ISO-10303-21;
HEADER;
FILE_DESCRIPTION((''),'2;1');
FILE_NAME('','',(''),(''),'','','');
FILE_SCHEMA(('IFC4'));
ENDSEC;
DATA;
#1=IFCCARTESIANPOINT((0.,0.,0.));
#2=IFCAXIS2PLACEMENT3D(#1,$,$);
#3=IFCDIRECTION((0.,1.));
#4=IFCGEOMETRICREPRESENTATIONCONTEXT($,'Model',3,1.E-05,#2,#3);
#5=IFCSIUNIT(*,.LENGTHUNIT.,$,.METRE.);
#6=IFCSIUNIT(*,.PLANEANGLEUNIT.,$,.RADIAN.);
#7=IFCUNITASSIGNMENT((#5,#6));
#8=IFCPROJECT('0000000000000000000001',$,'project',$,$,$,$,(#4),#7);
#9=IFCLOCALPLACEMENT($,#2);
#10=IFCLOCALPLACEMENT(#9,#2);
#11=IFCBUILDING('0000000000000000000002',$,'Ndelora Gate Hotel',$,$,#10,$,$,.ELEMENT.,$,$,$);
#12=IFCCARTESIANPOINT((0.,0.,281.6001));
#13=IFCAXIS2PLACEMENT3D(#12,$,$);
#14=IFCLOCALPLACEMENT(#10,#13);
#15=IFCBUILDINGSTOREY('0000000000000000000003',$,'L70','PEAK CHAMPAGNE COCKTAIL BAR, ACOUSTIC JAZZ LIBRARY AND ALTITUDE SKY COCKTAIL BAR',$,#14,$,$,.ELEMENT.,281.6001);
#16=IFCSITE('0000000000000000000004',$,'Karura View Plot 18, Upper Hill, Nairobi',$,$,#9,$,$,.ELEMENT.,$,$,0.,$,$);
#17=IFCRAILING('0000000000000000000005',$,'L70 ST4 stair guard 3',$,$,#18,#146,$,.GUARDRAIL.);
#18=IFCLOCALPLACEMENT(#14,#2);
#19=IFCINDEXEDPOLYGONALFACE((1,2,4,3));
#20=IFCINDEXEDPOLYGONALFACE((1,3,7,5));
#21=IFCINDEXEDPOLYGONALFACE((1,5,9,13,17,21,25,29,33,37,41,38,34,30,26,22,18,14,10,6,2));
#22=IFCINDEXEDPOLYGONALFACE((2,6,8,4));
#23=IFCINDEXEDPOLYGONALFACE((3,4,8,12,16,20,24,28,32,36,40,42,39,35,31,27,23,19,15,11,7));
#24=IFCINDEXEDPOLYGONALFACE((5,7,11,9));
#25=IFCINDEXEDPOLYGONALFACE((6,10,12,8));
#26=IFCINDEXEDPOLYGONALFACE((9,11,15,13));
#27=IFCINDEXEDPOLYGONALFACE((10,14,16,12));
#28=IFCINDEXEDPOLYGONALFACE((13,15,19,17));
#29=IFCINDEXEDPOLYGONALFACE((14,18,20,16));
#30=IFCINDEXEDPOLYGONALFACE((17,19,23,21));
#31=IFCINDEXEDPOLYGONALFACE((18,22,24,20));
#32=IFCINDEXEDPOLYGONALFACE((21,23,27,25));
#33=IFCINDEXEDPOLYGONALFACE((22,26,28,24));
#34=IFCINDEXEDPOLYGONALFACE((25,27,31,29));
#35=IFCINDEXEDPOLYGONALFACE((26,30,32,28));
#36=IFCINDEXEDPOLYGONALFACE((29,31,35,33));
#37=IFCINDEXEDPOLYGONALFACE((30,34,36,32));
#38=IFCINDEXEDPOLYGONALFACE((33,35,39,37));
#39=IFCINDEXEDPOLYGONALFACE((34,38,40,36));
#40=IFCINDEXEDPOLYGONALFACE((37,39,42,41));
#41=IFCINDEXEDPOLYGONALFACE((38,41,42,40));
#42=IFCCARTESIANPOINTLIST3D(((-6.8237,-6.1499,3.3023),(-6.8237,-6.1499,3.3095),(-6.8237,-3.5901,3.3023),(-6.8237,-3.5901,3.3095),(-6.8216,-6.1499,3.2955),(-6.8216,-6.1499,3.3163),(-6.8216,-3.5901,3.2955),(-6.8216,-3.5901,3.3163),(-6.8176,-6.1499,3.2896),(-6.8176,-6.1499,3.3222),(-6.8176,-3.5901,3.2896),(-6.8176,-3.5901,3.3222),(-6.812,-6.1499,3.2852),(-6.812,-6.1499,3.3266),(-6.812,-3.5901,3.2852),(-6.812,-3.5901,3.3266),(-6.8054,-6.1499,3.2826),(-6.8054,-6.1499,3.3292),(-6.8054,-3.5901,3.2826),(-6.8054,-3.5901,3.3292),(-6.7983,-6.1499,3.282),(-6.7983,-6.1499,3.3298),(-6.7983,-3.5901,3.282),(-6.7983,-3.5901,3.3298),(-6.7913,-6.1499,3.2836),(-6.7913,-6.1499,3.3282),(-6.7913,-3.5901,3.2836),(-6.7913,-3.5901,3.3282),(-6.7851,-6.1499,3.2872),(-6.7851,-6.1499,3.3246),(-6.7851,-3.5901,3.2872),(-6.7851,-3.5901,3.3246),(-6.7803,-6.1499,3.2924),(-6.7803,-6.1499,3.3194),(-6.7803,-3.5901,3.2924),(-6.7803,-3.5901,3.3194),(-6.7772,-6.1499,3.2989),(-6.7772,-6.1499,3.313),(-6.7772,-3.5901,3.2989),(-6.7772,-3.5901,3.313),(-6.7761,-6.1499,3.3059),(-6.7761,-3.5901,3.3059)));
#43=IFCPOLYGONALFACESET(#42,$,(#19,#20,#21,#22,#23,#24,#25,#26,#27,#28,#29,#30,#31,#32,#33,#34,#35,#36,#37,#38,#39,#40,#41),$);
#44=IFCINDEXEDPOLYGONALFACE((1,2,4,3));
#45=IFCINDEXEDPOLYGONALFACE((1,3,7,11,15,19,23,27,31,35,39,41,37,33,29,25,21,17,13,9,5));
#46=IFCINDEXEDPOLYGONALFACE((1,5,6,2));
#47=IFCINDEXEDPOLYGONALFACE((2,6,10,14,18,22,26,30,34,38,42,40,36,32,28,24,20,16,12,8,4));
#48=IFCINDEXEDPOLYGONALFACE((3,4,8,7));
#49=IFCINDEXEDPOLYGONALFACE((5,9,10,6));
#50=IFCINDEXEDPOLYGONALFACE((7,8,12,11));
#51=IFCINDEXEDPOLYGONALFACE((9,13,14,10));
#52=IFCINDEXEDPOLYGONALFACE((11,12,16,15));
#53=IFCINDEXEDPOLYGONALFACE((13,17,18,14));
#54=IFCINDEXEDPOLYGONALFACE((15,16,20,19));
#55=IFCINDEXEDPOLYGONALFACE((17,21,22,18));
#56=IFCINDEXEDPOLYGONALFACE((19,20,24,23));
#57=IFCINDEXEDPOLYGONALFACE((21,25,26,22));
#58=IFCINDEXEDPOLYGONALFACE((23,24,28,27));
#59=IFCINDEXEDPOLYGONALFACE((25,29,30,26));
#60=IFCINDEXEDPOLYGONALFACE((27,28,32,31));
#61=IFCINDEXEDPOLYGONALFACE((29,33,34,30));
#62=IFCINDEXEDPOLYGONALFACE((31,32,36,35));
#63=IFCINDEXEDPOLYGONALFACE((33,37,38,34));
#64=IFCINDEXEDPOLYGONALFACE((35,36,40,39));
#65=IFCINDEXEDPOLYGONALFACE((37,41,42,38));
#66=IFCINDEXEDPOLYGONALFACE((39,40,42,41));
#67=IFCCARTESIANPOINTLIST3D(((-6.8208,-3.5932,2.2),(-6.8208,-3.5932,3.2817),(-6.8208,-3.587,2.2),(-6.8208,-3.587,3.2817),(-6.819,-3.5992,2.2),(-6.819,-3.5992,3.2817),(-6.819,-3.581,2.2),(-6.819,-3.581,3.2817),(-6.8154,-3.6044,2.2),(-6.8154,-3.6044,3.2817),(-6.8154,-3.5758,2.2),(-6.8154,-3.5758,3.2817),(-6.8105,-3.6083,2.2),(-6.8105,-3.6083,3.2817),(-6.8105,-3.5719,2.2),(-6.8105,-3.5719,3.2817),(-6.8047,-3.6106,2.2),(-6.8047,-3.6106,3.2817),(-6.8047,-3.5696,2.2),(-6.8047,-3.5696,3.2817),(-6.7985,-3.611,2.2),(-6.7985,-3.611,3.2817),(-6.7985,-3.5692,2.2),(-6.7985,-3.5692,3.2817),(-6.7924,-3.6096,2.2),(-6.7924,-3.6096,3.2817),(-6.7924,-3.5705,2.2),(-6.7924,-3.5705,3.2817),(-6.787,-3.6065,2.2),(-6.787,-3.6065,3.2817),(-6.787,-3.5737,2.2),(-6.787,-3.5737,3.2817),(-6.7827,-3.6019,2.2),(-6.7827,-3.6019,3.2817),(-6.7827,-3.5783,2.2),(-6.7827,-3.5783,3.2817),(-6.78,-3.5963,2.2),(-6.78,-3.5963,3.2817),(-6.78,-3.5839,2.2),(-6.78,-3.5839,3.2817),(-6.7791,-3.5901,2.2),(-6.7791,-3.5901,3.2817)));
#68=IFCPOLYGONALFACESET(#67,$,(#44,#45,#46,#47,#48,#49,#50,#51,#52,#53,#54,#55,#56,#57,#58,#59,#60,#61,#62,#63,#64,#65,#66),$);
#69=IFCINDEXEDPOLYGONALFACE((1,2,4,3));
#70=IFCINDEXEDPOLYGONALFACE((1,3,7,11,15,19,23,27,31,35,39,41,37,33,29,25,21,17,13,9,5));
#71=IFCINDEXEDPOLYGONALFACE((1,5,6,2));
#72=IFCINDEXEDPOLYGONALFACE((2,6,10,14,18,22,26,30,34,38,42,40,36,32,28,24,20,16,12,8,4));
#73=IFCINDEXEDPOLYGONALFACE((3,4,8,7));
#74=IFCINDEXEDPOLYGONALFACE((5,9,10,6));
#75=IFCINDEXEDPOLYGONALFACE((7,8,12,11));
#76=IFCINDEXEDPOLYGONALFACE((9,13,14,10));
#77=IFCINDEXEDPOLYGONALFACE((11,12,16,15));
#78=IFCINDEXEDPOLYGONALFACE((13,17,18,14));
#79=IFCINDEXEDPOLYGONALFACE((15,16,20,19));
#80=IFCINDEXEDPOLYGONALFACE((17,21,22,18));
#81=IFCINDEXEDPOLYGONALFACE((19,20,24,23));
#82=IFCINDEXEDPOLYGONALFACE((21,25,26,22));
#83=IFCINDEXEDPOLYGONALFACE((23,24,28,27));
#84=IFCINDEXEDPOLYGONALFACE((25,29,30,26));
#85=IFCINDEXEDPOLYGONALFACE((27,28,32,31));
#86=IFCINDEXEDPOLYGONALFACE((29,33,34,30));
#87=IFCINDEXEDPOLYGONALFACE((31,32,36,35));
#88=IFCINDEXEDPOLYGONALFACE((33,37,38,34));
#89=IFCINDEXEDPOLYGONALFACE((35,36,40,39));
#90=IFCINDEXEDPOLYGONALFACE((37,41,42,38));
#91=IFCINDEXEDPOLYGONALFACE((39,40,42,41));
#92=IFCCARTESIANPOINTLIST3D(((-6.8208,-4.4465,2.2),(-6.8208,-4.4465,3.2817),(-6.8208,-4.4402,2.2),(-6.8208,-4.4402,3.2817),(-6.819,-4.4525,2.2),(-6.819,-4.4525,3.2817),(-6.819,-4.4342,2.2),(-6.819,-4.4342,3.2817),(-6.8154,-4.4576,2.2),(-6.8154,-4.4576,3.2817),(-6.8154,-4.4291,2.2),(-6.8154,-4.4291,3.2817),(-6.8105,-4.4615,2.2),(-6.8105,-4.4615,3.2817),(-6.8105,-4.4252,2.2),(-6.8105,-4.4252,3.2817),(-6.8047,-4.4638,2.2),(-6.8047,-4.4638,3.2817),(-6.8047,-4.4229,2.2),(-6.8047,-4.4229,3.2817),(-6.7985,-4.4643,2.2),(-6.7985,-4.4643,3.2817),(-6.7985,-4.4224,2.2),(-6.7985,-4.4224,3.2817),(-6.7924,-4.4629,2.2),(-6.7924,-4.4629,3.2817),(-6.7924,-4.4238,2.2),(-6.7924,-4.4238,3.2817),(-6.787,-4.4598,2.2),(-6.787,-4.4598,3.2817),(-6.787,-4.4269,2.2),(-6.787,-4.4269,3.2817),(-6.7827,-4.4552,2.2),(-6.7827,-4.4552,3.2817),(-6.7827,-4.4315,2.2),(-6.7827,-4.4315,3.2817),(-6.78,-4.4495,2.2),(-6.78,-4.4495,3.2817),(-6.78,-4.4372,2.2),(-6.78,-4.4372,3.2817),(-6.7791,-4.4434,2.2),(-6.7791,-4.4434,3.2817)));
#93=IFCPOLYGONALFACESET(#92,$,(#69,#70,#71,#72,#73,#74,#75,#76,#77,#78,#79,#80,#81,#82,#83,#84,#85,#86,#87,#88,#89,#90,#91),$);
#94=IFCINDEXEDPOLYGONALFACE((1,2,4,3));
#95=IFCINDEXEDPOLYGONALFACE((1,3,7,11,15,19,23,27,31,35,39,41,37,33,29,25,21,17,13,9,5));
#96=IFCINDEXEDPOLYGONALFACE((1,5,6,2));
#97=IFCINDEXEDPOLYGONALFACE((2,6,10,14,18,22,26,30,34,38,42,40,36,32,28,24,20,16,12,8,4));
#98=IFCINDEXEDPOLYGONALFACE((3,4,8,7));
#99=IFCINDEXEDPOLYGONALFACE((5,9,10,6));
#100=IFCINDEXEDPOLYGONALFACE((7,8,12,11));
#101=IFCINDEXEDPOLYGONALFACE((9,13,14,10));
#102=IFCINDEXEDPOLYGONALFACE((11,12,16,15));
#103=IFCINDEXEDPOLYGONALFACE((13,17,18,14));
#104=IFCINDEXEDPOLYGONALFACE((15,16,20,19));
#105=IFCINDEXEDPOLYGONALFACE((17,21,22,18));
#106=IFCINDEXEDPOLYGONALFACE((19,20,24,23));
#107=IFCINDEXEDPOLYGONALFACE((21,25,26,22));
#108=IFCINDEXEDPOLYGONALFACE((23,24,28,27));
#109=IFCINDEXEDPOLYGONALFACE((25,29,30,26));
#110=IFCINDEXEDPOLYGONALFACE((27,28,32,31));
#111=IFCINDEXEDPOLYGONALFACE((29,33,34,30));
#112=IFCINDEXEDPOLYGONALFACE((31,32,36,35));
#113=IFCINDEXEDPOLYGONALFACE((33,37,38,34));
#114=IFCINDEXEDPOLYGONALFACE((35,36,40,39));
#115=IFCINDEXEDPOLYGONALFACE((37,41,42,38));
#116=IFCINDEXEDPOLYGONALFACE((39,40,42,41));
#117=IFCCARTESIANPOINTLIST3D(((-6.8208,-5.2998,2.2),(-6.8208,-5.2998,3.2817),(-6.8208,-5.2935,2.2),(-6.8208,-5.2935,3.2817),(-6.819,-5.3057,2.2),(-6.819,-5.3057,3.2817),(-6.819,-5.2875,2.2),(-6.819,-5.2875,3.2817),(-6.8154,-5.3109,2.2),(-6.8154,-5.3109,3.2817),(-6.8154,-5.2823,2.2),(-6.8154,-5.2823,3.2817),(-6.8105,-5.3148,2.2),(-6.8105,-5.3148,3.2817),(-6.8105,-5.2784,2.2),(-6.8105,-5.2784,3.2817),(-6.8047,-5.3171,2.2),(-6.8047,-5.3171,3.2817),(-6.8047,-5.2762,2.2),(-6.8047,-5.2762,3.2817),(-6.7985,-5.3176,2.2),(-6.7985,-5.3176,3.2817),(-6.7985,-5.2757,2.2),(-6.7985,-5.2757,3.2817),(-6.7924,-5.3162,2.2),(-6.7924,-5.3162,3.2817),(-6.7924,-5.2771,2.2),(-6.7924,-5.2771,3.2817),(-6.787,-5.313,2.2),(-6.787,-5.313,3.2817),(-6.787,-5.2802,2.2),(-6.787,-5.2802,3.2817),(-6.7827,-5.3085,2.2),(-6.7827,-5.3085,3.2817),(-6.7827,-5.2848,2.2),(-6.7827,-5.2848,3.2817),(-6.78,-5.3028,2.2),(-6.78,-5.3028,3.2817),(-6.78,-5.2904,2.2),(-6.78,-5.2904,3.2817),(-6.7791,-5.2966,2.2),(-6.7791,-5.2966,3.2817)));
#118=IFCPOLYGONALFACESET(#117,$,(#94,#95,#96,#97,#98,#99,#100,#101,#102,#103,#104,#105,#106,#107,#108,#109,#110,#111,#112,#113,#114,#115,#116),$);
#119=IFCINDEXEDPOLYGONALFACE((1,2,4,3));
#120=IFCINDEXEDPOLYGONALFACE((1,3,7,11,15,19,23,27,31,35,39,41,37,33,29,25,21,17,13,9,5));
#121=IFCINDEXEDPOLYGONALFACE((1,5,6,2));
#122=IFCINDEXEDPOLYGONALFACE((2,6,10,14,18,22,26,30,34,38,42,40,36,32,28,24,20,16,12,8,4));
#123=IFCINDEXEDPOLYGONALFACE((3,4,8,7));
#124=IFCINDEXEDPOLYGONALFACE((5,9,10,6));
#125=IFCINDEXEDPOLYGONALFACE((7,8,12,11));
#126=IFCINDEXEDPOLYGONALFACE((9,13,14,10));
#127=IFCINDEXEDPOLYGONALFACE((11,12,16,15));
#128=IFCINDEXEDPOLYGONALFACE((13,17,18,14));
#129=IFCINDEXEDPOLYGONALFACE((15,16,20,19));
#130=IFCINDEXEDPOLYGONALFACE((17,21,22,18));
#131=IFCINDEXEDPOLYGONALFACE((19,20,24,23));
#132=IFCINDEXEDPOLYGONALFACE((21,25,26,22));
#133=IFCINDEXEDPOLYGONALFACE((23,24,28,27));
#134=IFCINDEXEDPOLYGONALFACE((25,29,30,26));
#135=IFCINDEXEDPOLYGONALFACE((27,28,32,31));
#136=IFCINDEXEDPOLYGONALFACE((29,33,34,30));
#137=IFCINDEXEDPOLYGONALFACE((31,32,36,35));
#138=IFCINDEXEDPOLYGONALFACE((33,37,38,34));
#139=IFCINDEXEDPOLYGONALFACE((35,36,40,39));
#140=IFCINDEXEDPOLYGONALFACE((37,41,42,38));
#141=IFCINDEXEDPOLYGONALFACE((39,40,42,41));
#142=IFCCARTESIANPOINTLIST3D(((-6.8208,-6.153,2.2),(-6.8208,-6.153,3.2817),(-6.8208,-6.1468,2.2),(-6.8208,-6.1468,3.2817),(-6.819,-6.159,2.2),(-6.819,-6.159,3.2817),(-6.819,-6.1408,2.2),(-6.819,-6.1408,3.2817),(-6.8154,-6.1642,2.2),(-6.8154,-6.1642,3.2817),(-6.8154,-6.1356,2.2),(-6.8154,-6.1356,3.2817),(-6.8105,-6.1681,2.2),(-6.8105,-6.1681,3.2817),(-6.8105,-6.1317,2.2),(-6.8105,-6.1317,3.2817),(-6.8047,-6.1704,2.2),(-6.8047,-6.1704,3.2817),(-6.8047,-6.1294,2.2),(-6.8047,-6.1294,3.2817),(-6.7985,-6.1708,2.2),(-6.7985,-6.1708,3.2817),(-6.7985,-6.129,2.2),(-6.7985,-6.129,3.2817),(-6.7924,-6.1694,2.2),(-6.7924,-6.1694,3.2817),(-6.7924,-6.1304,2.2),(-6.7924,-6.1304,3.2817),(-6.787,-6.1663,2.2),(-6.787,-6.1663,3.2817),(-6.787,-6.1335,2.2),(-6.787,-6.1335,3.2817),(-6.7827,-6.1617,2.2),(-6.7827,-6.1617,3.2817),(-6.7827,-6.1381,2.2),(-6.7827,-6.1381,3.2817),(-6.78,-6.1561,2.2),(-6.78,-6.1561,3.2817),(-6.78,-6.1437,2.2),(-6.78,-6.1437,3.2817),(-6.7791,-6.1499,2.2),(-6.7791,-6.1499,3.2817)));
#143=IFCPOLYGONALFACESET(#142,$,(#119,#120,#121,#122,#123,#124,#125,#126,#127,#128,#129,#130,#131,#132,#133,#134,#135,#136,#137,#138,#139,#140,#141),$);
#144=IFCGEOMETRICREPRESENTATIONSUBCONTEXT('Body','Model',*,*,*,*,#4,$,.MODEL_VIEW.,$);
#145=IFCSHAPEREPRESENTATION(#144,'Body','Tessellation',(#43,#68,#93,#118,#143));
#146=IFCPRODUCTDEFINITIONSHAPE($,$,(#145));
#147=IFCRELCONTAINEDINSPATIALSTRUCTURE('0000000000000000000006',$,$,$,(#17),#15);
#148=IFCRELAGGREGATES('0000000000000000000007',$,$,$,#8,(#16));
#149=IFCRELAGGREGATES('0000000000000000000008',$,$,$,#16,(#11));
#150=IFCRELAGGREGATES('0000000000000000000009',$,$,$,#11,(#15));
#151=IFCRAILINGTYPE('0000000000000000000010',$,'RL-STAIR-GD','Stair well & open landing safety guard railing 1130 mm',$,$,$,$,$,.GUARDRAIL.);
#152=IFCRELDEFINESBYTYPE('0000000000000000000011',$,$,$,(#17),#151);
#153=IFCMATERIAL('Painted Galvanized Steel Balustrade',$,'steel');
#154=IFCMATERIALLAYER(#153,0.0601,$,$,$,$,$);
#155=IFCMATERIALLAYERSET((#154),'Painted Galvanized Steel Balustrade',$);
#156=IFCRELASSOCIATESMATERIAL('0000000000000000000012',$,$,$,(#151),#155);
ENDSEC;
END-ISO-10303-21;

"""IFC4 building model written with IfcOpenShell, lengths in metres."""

from ifc_helpers import new_model, si_unit, direction, frame, origin, origin_2d, place, context, subcontext, project, spatial, circle, extrude, material, layer, layer_set, type_object, element, save


model = new_model("IFC4")

# Units and contexts
model_context = context("Model", 3, precision=1e-05, world=origin(), true_north=direction((0.0, 1.0)))
body_context = subcontext(model_context, "Body", "Model", "MODEL_VIEW")
ifc_project = project(units=[si_unit("LENGTHUNIT", "METRE"), si_unit("PLANEANGLEUNIT", "RADIAN")], contexts=[model_context])

# Site, building, storey
site_placement = place(None, origin())
site = spatial("IfcSite", under=ifc_project, at=site_placement, Name="Karura View Plot 18, Upper Hill, Nairobi", CompositionType="ELEMENT", RefElevation=0.0)
building_placement = place(site_placement, origin())
building = spatial("IfcBuilding", under=site, at=building_placement, Name="Ndelora Gate Hotel", CompositionType="ELEMENT")
storey_placement = place(building_placement, frame((0.0, 0.0, 281.6001)))
storey = spatial("IfcBuildingStorey", under=building, at=storey_placement, Name="L70", Description="PEAK CHAMPAGNE COCKTAIL BAR, ACOUSTIC JAZZ LIBRARY AND ALTITUDE SKY COCKTAIL BAR", CompositionType="ELEMENT", Elevation=281.6001)

# Railing
ifc_material_1 = material(Name="Painted Galvanized Steel Balustrade", Category="steel")
ifc_layer_1 = layer(ifc_material_1, 0.0601)
ifc_layer_set_1 = layer_set([ifc_layer_1], Name="Painted Galvanized Steel Balustrade")
railing_type_1 = type_object("IfcRailingType", Name="RL-STAIR-GD", Description="Stair well & open landing safety guard railing 1130 mm", PredefinedType="GUARDRAIL", material=ifc_layer_set_1)
for number, where, name in (
    (1, (-6.8, -3.5901, 2.2), "L70 ST4 stair guard 3"),
):
    element("IfcRailing", number, at=place(storey_placement, frame(where)), inside=storey, type_object=railing_type_1, Name=name, PredefinedType="GUARDRAIL", context=body_context, shape_type="SweptSolid", body=[
        extrude(circle(Radius=0.0239, at=origin_2d()), frame((0.0, 0.0, 1.106), z_axis=(0.0, -1.0, 0.0), x_axis=(1.0, 0.0, 0.0)), (0.0, 0.0, 1.0), 2.5598),
        extrude(circle(Radius=0.021, at=origin_2d()), origin(), (0.0, 0.0, 1.0), 1.0818),
        extrude(circle(Radius=0.021, at=origin_2d()), frame((0.0, -0.8533, 0.0)), (0.0, 0.0, 1.0), 1.0818),
        extrude(circle(Radius=0.021, at=origin_2d()), frame((0.0, -1.7065, 0.0)), (0.0, 0.0, 1.0), 1.0818),
        extrude(circle(Radius=0.021, at=origin_2d()), frame((0.0, -2.5598, 0.0)), (0.0, 0.0, 1.0), 1.0818),
    ])

save(model, "model.ifc")
